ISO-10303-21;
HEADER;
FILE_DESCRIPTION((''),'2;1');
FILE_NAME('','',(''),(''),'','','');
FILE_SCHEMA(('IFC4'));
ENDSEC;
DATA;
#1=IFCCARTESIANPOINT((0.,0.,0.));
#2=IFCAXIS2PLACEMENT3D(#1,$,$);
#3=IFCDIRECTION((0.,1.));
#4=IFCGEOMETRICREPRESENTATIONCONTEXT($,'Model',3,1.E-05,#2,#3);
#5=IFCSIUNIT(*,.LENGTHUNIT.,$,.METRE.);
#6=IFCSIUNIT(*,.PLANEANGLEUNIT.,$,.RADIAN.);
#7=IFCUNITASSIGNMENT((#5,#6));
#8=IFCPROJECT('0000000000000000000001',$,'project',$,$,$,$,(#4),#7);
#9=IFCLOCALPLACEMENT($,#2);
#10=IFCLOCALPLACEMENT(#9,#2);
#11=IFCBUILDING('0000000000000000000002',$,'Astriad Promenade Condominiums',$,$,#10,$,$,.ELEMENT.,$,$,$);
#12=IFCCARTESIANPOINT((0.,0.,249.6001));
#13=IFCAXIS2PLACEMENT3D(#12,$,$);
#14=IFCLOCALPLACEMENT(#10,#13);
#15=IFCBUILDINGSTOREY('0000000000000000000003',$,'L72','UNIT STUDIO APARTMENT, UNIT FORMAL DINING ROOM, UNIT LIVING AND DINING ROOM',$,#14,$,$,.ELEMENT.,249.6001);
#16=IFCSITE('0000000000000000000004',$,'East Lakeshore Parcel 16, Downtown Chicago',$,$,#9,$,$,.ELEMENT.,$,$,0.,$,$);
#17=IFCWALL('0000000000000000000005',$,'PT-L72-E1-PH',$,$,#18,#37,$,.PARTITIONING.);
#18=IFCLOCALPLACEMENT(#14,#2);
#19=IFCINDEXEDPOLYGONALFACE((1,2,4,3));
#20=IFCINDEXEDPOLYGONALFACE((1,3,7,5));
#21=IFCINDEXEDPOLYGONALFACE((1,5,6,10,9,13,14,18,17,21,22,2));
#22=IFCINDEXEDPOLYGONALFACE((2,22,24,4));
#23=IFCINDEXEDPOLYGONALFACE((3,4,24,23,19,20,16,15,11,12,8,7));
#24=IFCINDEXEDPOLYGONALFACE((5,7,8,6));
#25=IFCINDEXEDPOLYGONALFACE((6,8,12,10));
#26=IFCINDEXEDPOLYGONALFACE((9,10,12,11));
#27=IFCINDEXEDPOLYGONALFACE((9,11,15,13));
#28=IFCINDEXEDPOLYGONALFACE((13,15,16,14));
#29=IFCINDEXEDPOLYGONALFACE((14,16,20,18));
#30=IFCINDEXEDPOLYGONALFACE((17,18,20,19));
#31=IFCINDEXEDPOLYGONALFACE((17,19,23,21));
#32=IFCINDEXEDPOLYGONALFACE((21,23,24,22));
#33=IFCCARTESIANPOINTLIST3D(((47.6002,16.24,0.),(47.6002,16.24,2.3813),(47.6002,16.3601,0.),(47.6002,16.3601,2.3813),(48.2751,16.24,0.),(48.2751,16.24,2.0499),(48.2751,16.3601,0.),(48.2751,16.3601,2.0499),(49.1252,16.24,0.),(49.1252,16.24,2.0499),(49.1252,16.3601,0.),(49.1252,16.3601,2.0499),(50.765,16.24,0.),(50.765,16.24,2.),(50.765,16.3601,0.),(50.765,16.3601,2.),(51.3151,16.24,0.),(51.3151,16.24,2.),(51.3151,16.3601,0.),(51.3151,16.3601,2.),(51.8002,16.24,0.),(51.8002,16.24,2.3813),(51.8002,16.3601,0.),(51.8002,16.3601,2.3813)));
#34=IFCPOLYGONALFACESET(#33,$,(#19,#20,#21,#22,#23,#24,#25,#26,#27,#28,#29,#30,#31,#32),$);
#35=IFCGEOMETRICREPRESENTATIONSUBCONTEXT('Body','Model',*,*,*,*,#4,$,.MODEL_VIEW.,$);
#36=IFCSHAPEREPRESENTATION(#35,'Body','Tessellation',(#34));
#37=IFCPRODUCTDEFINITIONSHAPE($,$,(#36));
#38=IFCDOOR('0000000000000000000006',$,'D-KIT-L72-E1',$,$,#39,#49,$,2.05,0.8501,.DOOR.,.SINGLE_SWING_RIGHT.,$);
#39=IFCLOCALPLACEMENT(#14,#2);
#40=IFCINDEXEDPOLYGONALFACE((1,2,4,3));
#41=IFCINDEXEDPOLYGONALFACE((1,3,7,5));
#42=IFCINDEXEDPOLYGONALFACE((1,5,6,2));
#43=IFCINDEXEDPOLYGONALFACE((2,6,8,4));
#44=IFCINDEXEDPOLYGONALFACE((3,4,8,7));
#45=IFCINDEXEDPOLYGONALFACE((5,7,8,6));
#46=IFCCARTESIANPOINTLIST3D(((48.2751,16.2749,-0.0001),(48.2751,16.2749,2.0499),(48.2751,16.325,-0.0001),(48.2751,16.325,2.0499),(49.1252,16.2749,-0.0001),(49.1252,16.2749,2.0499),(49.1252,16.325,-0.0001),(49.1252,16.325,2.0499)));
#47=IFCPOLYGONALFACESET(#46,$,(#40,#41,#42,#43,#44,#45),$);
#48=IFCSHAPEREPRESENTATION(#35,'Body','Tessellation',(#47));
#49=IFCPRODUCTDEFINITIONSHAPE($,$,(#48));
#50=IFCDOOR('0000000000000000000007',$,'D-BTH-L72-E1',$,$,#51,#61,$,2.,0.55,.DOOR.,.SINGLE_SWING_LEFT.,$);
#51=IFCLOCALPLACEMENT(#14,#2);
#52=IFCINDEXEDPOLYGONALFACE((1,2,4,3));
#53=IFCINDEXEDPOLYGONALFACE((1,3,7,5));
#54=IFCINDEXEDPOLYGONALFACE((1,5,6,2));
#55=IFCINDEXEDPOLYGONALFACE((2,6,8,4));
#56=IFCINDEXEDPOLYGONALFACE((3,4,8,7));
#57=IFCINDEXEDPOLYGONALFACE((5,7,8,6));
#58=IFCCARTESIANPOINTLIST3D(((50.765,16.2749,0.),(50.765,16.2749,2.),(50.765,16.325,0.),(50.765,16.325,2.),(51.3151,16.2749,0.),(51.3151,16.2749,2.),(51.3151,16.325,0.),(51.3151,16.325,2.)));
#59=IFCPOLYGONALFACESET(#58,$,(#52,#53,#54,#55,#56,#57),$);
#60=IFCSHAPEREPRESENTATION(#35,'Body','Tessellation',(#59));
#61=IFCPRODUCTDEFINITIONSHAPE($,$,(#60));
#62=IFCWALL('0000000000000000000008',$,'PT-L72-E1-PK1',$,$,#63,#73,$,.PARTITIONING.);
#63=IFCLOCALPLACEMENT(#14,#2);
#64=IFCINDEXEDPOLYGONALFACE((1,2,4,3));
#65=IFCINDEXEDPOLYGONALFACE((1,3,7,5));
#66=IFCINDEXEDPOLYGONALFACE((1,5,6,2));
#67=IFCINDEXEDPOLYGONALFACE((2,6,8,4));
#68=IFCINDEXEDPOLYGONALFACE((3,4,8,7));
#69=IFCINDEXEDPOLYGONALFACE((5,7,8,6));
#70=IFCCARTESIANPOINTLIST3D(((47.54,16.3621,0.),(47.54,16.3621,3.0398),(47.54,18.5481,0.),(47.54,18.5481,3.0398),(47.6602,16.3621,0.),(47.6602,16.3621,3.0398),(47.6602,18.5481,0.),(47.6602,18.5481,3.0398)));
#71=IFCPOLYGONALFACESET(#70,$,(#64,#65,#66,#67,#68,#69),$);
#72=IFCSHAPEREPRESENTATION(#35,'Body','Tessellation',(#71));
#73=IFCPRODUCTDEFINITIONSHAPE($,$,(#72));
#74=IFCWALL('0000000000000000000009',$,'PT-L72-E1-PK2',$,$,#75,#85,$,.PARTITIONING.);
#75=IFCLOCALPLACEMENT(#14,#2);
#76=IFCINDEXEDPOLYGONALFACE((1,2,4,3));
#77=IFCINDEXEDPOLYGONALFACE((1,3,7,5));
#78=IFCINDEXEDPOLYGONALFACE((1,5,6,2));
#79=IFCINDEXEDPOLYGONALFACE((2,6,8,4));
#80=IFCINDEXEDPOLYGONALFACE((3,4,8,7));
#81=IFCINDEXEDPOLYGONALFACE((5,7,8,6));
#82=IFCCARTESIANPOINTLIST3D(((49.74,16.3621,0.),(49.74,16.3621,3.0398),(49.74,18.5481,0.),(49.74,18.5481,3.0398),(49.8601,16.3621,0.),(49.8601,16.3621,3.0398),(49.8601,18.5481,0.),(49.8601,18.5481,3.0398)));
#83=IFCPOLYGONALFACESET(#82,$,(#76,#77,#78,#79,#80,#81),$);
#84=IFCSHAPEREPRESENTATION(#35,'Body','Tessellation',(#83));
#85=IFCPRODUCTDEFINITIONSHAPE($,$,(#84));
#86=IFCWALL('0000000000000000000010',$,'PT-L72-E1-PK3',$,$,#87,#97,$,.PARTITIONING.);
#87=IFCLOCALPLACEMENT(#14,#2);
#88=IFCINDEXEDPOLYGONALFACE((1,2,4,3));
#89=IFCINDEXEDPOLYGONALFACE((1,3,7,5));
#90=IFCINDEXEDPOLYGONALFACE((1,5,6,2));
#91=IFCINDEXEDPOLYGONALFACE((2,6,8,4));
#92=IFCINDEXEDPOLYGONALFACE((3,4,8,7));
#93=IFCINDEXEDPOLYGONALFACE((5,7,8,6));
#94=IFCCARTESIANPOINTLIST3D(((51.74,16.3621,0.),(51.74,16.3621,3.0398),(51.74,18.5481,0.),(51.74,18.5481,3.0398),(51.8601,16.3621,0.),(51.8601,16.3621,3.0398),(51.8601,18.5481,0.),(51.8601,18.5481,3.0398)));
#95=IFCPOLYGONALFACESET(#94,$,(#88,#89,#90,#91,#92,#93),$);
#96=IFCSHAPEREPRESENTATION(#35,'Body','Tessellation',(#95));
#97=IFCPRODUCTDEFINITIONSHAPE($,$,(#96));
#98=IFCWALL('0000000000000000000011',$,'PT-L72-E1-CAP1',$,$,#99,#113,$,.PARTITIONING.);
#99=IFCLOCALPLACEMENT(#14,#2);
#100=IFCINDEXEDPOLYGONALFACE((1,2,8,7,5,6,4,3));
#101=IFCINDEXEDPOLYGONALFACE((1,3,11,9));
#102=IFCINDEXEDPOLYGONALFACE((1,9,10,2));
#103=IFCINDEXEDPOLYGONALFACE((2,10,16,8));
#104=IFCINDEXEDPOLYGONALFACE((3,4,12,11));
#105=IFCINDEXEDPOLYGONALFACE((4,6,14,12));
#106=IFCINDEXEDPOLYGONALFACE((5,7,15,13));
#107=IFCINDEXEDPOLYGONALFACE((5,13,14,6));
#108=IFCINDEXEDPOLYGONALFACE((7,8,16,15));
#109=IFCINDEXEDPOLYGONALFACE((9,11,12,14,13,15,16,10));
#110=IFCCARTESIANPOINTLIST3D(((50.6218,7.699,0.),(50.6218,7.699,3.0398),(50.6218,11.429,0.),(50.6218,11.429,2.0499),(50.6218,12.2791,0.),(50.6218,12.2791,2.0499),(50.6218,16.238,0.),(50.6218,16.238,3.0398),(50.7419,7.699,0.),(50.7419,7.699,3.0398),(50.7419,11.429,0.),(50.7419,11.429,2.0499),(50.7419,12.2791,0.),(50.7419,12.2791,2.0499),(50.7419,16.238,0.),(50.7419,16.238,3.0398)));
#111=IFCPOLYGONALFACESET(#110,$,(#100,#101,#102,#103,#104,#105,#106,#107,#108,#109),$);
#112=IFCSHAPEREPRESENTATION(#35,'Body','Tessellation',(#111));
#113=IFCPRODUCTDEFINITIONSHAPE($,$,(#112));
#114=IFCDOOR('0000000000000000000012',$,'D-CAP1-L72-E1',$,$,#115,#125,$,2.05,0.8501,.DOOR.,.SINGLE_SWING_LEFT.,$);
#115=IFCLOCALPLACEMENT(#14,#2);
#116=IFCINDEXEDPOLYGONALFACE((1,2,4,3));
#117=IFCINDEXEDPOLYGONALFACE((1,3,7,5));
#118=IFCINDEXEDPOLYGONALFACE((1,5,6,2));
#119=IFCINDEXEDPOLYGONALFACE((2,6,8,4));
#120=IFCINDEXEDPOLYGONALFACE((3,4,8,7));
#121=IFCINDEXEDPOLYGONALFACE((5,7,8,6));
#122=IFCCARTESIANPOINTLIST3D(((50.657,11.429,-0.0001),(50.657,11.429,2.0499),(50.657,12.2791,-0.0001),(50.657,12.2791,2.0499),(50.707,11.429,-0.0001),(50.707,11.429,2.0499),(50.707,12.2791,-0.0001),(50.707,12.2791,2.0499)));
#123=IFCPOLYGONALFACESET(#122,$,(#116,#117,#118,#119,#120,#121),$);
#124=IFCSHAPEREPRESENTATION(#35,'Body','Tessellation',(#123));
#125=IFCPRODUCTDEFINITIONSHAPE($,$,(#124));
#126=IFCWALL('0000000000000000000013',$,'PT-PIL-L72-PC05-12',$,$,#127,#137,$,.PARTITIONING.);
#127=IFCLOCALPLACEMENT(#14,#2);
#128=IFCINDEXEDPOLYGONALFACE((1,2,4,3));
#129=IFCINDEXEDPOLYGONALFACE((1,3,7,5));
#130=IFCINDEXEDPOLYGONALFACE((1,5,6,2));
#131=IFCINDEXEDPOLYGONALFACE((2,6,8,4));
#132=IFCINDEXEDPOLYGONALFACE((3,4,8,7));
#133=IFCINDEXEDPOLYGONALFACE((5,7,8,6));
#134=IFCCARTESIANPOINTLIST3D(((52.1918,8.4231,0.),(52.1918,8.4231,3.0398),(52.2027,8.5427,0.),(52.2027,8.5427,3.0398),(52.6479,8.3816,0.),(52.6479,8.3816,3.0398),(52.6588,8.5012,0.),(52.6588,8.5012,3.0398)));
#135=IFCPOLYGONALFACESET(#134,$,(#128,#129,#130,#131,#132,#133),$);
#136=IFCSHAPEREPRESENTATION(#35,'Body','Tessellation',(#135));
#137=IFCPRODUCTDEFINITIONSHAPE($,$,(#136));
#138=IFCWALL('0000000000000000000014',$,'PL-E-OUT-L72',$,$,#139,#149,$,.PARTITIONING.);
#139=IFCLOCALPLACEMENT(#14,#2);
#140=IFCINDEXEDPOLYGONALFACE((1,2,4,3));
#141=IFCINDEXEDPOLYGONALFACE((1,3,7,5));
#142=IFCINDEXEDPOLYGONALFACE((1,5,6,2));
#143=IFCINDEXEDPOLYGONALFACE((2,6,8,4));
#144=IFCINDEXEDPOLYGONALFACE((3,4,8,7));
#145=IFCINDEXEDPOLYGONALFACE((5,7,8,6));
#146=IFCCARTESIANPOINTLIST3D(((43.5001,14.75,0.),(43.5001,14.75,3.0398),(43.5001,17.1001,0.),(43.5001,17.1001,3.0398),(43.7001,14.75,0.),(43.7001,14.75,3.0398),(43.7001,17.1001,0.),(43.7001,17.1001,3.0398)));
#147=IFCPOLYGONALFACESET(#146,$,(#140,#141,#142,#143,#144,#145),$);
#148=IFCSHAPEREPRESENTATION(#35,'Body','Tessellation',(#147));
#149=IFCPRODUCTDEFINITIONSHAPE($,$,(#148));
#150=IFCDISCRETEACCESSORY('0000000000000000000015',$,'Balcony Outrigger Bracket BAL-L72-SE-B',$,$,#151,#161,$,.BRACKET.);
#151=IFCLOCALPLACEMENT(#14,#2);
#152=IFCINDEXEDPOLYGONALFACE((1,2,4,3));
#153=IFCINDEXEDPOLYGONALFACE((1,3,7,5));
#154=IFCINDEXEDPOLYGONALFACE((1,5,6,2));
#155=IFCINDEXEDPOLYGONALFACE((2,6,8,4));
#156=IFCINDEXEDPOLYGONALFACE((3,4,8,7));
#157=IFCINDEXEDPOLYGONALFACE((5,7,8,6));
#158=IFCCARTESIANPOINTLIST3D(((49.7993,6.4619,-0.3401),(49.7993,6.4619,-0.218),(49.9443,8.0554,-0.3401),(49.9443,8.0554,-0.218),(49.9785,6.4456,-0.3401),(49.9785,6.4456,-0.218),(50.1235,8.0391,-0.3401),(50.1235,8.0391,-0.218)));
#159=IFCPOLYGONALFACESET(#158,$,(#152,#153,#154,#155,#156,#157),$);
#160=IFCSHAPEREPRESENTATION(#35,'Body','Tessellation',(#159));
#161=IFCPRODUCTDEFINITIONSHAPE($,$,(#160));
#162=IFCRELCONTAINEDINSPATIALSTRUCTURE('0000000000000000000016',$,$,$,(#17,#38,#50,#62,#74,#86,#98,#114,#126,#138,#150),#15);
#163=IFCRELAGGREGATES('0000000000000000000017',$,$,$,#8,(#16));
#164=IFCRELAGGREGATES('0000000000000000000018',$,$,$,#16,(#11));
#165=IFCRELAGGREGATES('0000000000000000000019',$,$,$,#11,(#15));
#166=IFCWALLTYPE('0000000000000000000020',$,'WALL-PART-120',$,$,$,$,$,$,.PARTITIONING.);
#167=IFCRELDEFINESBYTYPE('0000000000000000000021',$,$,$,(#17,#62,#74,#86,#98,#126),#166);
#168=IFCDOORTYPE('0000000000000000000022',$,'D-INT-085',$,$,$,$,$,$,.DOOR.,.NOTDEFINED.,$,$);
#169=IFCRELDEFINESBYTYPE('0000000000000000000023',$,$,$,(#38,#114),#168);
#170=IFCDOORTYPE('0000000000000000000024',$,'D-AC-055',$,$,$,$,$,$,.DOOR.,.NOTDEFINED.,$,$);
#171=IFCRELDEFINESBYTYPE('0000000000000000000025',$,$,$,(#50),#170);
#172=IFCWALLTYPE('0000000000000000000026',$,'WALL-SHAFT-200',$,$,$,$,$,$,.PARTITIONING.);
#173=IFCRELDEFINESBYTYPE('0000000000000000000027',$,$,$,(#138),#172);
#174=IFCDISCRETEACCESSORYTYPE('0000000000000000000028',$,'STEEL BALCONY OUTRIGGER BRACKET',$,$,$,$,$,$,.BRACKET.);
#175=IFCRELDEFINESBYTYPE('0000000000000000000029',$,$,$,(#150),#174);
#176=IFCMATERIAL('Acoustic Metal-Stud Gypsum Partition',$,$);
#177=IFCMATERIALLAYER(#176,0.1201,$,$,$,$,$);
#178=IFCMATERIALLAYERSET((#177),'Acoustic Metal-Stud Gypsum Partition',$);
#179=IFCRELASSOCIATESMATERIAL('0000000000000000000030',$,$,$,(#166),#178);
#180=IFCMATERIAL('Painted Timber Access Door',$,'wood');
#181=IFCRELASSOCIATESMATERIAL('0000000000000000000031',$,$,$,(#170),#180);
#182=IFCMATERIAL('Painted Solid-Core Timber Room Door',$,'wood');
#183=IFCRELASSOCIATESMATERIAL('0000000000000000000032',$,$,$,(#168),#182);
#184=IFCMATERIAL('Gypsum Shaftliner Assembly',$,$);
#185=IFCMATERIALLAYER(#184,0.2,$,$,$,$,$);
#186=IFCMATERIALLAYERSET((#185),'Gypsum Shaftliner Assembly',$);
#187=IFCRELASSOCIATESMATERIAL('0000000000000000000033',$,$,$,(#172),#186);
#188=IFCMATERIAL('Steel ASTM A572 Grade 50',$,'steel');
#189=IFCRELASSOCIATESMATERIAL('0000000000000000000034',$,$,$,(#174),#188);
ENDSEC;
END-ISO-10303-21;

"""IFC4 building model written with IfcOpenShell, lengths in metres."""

from ifc_helpers import new_model, si_unit, direction, frame, frame_2d, origin, origin_2d, place, context, subcontext, project, spatial, rectangle, extrude, source, transform, mapped, material, layer, layer_set, type_object, type_shapes, element, fill, save


model = new_model("IFC4")

# Units and contexts
model_context = context("Model", 3, precision=1e-05, world=origin(), true_north=direction((0.0, 1.0)))
body_context = subcontext(model_context, "Body", "Model", "MODEL_VIEW")
ifc_project = project(units=[si_unit("LENGTHUNIT", "METRE"), si_unit("PLANEANGLEUNIT", "RADIAN")], contexts=[model_context])

# Site, building, storey
site_placement = place(None, origin())
site = spatial("IfcSite", under=ifc_project, at=site_placement, Name="East Lakeshore Parcel 16, Downtown Chicago", CompositionType="ELEMENT", RefElevation=0.0)
building_placement = place(site_placement, origin())
building = spatial("IfcBuilding", under=site, at=building_placement, Name="Astriad Promenade Condominiums", CompositionType="ELEMENT")
storey_placement = place(building_placement, frame((0.0, 0.0, 249.6001)))
storey = spatial("IfcBuildingStorey", under=building, at=storey_placement, Name="L72", Description="UNIT STUDIO APARTMENT, UNIT FORMAL DINING ROOM, UNIT LIVING AND DINING ROOM", CompositionType="ELEMENT", Elevation=249.6001)

# Shared definitions
ifc_material_1 = material(Name="Acoustic Metal-Stud Gypsum Partition")
ifc_layer_1 = layer(ifc_material_1, 0.1201)
ifc_layer_set_1 = layer_set([ifc_layer_1], Name="Acoustic Metal-Stud Gypsum Partition")
wall_type_1 = type_object("IfcWallType", Name="WALL-PART-120", PredefinedType="PARTITIONING", material=ifc_layer_set_1)
ifc_material_2 = material(Name="Painted Timber Access Door", Category="wood")
door_type_1 = type_object("IfcDoorType", Name="D-AC-055", OperationType="NOTDEFINED", PredefinedType="DOOR", material=ifc_material_2)
shared_shape_1 = source(origin(), body_context, "Body", "SweptSolid", [
    extrude(rectangle(XDim=0.55, YDim=2.0, at=frame_2d((0.2749, 1.0))), frame((0.0, 0.0249, 0.0), z_axis=(0.0, -1.0, 0.0), x_axis=(1.0, 0.0, 0.0)), (0.0, 0.0, 1.0), 0.05),
])
type_shapes(door_type_1, [shared_shape_1])

# Wall, openings, doors
wall_1_placement = place(storey_placement, frame((47.6001, 16.3, 0.0), z_axis=(0.0, 0.0, 1.0), x_axis=(1.0, 0.0, 0.0)))
wall_1 = element("IfcWall", 1, at=wall_1_placement, inside=storey, type_object=wall_type_1, Name="PT-L72-E1-PH", PredefinedType="PARTITIONING", context=body_context, shape_type="SweptSolid", body=[
    extrude(rectangle(XDim=4.2, YDim=0.1201, at=frame_2d((2.1001, 0.0))), origin(), (0.0, 0.0, 1.0), 2.3813),
])
opening_1_placement = place(wall_1_placement, frame((0.675, 0.0, 0.0)))
opening_1 = element("IfcOpeningElement", 2, at=opening_1_placement, cuts=wall_1, PredefinedType="OPENING", context=body_context, shape_type="SweptSolid", body=[
    extrude(rectangle(XDim=0.8501, YDim=2.05, at=frame_2d((0.425, 1.0249))), frame((0.0, 0.0701, 0.0), z_axis=(0.0, -1.0, 0.0), x_axis=(1.0, 0.0, 0.0)), (0.0, 0.0, 1.0), 0.1401),
])
opening_2_placement = place(wall_1_placement, frame((3.165, 0.0, 0.0)))
opening_2 = element("IfcOpeningElement", 3, at=opening_2_placement, cuts=wall_1, PredefinedType="OPENING", context=body_context, shape_type="SweptSolid", body=[
    extrude(rectangle(XDim=0.55, YDim=2.0, at=frame_2d((0.2749, 1.0))), frame((0.0, 0.0701, 0.0), z_axis=(0.0, -1.0, 0.0), x_axis=(1.0, 0.0, 0.0)), (0.0, 0.0, 1.0), 0.1401),
])
ifc_material_3 = material(Name="Painted Solid-Core Timber Room Door", Category="wood")
door_type_2 = type_object("IfcDoorType", Name="D-INT-085", OperationType="NOTDEFINED", PredefinedType="DOOR", material=ifc_material_3)
shared_shape_2 = source(origin(), body_context, "Body", "SweptSolid", [
    extrude(rectangle(XDim=0.8501, YDim=2.05, at=frame_2d((0.425, 1.0249))), frame((0.0, 0.0249, 0.0), z_axis=(0.0, -1.0, 0.0), x_axis=(1.0, 0.0, 0.0)), (0.0, 0.0, 1.0), 0.05),
])
type_shapes(door_type_2, [shared_shape_2])
door_1_placement = place(opening_1_placement, origin())
door_1 = element("IfcDoor", 4, at=door_1_placement, inside=storey, type_object=door_type_2, Name="D-KIT-L72-E1", OperationType="SINGLE_SWING_RIGHT", OverallHeight=2.05, OverallWidth=0.8501, PredefinedType="DOOR", context=body_context, shape_type="MappedRepresentation", body=[
    mapped(shared_shape_2, transform((0.0, 0.0, 0.0), scale=1.0)),
])
fill(opening_1, door_1)
door_2_placement = place(opening_2_placement, origin())
door_2 = element("IfcDoor", 5, at=door_2_placement, inside=storey, type_object=door_type_1, Name="D-BTH-L72-E1", OperationType="SINGLE_SWING_LEFT", OverallHeight=2.0, OverallWidth=0.55, PredefinedType="DOOR", context=body_context, shape_type="MappedRepresentation", body=[
    mapped(shared_shape_1, transform((0.0, 0.0, 0.0), scale=1.0)),
])
fill(opening_2, door_2)

# Walls
for number, where, z_axis, x_axis, name in (
    (6, (47.6001, 16.3621, 0.0), (0.0, 0.0, 1.0), (0.0, 1.0, 0.0), "PT-L72-E1-PK1"),
    (7, (49.8, 16.3621, 0.0), (0.0, 0.0, 1.0), (0.0, 1.0, 0.0), "PT-L72-E1-PK2"),
    (8, (51.8, 16.3621, 0.0), (0.0, 0.0, 1.0), (0.0, 1.0, 0.0), "PT-L72-E1-PK3"),
):
    element("IfcWall", number, at=place(storey_placement, frame(where, z_axis=z_axis, x_axis=x_axis)), inside=storey, type_object=wall_type_1, Name=name, PredefinedType="PARTITIONING", context=body_context, shape_type="SweptSolid", body=[
        extrude(rectangle(XDim=2.186, YDim=0.1201, at=frame_2d((1.093, 0.0))), origin(), (0.0, 0.0, 1.0), 3.0398),
    ])

# Wall, opening, door
wall_2_placement = place(storey_placement, frame((50.6819, 7.699, 0.0), z_axis=(0.0, 0.0, 1.0), x_axis=(0.0, 1.0, 0.0)))
wall_2 = element("IfcWall", 9, at=wall_2_placement, inside=storey, type_object=wall_type_1, Name="PT-L72-E1-CAP1", PredefinedType="PARTITIONING", context=body_context, shape_type="SweptSolid", body=[
    extrude(rectangle(XDim=8.5391, YDim=0.1201, at=frame_2d((4.2695, 0.0))), origin(), (0.0, 0.0, 1.0), 3.0398),
])
opening_3_placement = place(wall_2_placement, frame((3.73, 0.0, 0.0)))
opening_3 = element("IfcOpeningElement", 10, at=opening_3_placement, cuts=wall_2, PredefinedType="OPENING", context=body_context, shape_type="SweptSolid", body=[
    extrude(rectangle(XDim=0.8501, YDim=2.05, at=frame_2d((0.425, 1.0249))), frame((0.0, 0.0701, 0.0), z_axis=(0.0, -1.0, 0.0), x_axis=(1.0, 0.0, 0.0)), (0.0, 0.0, 1.0), 0.1401),
])
door_3_placement = place(opening_3_placement, origin())
door_3 = element("IfcDoor", 11, at=door_3_placement, inside=storey, type_object=door_type_2, Name="D-CAP1-L72-E1", OperationType="SINGLE_SWING_LEFT", OverallHeight=2.05, OverallWidth=0.8501, PredefinedType="DOOR", context=body_context, shape_type="MappedRepresentation", body=[
    mapped(shared_shape_2, transform((0.0, 0.0, 0.0), scale=1.0)),
])
fill(opening_3, door_3)

# Walls
wall_3_placement = place(storey_placement, frame((52.1973, 8.4829, 0.0), z_axis=(0.0, 0.0, 1.0), x_axis=(0.995884, -0.090632, 0.0)))
element("IfcWall", 12, at=wall_3_placement, inside=storey, type_object=wall_type_1, Name="PT-PIL-L72-PC05-12", PredefinedType="PARTITIONING", context=body_context, shape_type="SweptSolid", body=[
    extrude(rectangle(XDim=0.458, YDim=0.1201, at=frame_2d((0.229, 0.0))), origin(), (0.0, 0.0, 1.0), 3.0398),
])
ifc_material_4 = material(Name="Gypsum Shaftliner Assembly")
ifc_layer_2 = layer(ifc_material_4, 0.2)
ifc_layer_set_2 = layer_set([ifc_layer_2], Name="Gypsum Shaftliner Assembly")
wall_type_2 = type_object("IfcWallType", Name="WALL-SHAFT-200", PredefinedType="PARTITIONING", material=ifc_layer_set_2)
wall_4_placement = place(storey_placement, frame((43.6001, 14.75, 0.0), z_axis=(0.0, 0.0, 1.0), x_axis=(0.0, 1.0, 0.0)))
element("IfcWall", 13, at=wall_4_placement, inside=storey, type_object=wall_type_2, Name="PL-E-OUT-L72", PredefinedType="PARTITIONING", context=body_context, shape_type="SweptSolid", body=[
    extrude(rectangle(XDim=2.3501, YDim=0.2, at=frame_2d((1.175, 0.0))), origin(), (0.0, 0.0, 1.0), 3.0398),
])

# Discrete accessory
ifc_material_5 = material(Name="Steel ASTM A572 Grade 50", Category="steel")
discrete_accessory_type = type_object("IfcDiscreteAccessoryType", Name="STEEL BALCONY OUTRIGGER BRACKET", PredefinedType="BRACKET", material=ifc_material_5)
shared_shape_3 = source(origin(), body_context, "Body", "SweptSolid", [
    extrude(rectangle(XDim=1.6001, YDim=0.1799, at=origin_2d()), origin(), (0.0, 0.0, 1.0), 0.1221),
])
type_shapes(discrete_accessory_type, [shared_shape_3])
discrete_accessory_placement = place(storey_placement, frame((49.9614, 7.2505, -0.3401), z_axis=(0.0, 0.0, 1.0), x_axis=(-0.090633, -0.995884, 0.0)))
element("IfcDiscreteAccessory", 14, at=discrete_accessory_placement, inside=storey, type_object=discrete_accessory_type, Name="Balcony Outrigger Bracket BAL-L72-SE-B", PredefinedType="BRACKET", context=body_context, shape_type="MappedRepresentation", body=[
    mapped(shared_shape_3, transform((0.0, 0.0, 0.0), scale=1.0)),
])

save(model, "model.ifc")
